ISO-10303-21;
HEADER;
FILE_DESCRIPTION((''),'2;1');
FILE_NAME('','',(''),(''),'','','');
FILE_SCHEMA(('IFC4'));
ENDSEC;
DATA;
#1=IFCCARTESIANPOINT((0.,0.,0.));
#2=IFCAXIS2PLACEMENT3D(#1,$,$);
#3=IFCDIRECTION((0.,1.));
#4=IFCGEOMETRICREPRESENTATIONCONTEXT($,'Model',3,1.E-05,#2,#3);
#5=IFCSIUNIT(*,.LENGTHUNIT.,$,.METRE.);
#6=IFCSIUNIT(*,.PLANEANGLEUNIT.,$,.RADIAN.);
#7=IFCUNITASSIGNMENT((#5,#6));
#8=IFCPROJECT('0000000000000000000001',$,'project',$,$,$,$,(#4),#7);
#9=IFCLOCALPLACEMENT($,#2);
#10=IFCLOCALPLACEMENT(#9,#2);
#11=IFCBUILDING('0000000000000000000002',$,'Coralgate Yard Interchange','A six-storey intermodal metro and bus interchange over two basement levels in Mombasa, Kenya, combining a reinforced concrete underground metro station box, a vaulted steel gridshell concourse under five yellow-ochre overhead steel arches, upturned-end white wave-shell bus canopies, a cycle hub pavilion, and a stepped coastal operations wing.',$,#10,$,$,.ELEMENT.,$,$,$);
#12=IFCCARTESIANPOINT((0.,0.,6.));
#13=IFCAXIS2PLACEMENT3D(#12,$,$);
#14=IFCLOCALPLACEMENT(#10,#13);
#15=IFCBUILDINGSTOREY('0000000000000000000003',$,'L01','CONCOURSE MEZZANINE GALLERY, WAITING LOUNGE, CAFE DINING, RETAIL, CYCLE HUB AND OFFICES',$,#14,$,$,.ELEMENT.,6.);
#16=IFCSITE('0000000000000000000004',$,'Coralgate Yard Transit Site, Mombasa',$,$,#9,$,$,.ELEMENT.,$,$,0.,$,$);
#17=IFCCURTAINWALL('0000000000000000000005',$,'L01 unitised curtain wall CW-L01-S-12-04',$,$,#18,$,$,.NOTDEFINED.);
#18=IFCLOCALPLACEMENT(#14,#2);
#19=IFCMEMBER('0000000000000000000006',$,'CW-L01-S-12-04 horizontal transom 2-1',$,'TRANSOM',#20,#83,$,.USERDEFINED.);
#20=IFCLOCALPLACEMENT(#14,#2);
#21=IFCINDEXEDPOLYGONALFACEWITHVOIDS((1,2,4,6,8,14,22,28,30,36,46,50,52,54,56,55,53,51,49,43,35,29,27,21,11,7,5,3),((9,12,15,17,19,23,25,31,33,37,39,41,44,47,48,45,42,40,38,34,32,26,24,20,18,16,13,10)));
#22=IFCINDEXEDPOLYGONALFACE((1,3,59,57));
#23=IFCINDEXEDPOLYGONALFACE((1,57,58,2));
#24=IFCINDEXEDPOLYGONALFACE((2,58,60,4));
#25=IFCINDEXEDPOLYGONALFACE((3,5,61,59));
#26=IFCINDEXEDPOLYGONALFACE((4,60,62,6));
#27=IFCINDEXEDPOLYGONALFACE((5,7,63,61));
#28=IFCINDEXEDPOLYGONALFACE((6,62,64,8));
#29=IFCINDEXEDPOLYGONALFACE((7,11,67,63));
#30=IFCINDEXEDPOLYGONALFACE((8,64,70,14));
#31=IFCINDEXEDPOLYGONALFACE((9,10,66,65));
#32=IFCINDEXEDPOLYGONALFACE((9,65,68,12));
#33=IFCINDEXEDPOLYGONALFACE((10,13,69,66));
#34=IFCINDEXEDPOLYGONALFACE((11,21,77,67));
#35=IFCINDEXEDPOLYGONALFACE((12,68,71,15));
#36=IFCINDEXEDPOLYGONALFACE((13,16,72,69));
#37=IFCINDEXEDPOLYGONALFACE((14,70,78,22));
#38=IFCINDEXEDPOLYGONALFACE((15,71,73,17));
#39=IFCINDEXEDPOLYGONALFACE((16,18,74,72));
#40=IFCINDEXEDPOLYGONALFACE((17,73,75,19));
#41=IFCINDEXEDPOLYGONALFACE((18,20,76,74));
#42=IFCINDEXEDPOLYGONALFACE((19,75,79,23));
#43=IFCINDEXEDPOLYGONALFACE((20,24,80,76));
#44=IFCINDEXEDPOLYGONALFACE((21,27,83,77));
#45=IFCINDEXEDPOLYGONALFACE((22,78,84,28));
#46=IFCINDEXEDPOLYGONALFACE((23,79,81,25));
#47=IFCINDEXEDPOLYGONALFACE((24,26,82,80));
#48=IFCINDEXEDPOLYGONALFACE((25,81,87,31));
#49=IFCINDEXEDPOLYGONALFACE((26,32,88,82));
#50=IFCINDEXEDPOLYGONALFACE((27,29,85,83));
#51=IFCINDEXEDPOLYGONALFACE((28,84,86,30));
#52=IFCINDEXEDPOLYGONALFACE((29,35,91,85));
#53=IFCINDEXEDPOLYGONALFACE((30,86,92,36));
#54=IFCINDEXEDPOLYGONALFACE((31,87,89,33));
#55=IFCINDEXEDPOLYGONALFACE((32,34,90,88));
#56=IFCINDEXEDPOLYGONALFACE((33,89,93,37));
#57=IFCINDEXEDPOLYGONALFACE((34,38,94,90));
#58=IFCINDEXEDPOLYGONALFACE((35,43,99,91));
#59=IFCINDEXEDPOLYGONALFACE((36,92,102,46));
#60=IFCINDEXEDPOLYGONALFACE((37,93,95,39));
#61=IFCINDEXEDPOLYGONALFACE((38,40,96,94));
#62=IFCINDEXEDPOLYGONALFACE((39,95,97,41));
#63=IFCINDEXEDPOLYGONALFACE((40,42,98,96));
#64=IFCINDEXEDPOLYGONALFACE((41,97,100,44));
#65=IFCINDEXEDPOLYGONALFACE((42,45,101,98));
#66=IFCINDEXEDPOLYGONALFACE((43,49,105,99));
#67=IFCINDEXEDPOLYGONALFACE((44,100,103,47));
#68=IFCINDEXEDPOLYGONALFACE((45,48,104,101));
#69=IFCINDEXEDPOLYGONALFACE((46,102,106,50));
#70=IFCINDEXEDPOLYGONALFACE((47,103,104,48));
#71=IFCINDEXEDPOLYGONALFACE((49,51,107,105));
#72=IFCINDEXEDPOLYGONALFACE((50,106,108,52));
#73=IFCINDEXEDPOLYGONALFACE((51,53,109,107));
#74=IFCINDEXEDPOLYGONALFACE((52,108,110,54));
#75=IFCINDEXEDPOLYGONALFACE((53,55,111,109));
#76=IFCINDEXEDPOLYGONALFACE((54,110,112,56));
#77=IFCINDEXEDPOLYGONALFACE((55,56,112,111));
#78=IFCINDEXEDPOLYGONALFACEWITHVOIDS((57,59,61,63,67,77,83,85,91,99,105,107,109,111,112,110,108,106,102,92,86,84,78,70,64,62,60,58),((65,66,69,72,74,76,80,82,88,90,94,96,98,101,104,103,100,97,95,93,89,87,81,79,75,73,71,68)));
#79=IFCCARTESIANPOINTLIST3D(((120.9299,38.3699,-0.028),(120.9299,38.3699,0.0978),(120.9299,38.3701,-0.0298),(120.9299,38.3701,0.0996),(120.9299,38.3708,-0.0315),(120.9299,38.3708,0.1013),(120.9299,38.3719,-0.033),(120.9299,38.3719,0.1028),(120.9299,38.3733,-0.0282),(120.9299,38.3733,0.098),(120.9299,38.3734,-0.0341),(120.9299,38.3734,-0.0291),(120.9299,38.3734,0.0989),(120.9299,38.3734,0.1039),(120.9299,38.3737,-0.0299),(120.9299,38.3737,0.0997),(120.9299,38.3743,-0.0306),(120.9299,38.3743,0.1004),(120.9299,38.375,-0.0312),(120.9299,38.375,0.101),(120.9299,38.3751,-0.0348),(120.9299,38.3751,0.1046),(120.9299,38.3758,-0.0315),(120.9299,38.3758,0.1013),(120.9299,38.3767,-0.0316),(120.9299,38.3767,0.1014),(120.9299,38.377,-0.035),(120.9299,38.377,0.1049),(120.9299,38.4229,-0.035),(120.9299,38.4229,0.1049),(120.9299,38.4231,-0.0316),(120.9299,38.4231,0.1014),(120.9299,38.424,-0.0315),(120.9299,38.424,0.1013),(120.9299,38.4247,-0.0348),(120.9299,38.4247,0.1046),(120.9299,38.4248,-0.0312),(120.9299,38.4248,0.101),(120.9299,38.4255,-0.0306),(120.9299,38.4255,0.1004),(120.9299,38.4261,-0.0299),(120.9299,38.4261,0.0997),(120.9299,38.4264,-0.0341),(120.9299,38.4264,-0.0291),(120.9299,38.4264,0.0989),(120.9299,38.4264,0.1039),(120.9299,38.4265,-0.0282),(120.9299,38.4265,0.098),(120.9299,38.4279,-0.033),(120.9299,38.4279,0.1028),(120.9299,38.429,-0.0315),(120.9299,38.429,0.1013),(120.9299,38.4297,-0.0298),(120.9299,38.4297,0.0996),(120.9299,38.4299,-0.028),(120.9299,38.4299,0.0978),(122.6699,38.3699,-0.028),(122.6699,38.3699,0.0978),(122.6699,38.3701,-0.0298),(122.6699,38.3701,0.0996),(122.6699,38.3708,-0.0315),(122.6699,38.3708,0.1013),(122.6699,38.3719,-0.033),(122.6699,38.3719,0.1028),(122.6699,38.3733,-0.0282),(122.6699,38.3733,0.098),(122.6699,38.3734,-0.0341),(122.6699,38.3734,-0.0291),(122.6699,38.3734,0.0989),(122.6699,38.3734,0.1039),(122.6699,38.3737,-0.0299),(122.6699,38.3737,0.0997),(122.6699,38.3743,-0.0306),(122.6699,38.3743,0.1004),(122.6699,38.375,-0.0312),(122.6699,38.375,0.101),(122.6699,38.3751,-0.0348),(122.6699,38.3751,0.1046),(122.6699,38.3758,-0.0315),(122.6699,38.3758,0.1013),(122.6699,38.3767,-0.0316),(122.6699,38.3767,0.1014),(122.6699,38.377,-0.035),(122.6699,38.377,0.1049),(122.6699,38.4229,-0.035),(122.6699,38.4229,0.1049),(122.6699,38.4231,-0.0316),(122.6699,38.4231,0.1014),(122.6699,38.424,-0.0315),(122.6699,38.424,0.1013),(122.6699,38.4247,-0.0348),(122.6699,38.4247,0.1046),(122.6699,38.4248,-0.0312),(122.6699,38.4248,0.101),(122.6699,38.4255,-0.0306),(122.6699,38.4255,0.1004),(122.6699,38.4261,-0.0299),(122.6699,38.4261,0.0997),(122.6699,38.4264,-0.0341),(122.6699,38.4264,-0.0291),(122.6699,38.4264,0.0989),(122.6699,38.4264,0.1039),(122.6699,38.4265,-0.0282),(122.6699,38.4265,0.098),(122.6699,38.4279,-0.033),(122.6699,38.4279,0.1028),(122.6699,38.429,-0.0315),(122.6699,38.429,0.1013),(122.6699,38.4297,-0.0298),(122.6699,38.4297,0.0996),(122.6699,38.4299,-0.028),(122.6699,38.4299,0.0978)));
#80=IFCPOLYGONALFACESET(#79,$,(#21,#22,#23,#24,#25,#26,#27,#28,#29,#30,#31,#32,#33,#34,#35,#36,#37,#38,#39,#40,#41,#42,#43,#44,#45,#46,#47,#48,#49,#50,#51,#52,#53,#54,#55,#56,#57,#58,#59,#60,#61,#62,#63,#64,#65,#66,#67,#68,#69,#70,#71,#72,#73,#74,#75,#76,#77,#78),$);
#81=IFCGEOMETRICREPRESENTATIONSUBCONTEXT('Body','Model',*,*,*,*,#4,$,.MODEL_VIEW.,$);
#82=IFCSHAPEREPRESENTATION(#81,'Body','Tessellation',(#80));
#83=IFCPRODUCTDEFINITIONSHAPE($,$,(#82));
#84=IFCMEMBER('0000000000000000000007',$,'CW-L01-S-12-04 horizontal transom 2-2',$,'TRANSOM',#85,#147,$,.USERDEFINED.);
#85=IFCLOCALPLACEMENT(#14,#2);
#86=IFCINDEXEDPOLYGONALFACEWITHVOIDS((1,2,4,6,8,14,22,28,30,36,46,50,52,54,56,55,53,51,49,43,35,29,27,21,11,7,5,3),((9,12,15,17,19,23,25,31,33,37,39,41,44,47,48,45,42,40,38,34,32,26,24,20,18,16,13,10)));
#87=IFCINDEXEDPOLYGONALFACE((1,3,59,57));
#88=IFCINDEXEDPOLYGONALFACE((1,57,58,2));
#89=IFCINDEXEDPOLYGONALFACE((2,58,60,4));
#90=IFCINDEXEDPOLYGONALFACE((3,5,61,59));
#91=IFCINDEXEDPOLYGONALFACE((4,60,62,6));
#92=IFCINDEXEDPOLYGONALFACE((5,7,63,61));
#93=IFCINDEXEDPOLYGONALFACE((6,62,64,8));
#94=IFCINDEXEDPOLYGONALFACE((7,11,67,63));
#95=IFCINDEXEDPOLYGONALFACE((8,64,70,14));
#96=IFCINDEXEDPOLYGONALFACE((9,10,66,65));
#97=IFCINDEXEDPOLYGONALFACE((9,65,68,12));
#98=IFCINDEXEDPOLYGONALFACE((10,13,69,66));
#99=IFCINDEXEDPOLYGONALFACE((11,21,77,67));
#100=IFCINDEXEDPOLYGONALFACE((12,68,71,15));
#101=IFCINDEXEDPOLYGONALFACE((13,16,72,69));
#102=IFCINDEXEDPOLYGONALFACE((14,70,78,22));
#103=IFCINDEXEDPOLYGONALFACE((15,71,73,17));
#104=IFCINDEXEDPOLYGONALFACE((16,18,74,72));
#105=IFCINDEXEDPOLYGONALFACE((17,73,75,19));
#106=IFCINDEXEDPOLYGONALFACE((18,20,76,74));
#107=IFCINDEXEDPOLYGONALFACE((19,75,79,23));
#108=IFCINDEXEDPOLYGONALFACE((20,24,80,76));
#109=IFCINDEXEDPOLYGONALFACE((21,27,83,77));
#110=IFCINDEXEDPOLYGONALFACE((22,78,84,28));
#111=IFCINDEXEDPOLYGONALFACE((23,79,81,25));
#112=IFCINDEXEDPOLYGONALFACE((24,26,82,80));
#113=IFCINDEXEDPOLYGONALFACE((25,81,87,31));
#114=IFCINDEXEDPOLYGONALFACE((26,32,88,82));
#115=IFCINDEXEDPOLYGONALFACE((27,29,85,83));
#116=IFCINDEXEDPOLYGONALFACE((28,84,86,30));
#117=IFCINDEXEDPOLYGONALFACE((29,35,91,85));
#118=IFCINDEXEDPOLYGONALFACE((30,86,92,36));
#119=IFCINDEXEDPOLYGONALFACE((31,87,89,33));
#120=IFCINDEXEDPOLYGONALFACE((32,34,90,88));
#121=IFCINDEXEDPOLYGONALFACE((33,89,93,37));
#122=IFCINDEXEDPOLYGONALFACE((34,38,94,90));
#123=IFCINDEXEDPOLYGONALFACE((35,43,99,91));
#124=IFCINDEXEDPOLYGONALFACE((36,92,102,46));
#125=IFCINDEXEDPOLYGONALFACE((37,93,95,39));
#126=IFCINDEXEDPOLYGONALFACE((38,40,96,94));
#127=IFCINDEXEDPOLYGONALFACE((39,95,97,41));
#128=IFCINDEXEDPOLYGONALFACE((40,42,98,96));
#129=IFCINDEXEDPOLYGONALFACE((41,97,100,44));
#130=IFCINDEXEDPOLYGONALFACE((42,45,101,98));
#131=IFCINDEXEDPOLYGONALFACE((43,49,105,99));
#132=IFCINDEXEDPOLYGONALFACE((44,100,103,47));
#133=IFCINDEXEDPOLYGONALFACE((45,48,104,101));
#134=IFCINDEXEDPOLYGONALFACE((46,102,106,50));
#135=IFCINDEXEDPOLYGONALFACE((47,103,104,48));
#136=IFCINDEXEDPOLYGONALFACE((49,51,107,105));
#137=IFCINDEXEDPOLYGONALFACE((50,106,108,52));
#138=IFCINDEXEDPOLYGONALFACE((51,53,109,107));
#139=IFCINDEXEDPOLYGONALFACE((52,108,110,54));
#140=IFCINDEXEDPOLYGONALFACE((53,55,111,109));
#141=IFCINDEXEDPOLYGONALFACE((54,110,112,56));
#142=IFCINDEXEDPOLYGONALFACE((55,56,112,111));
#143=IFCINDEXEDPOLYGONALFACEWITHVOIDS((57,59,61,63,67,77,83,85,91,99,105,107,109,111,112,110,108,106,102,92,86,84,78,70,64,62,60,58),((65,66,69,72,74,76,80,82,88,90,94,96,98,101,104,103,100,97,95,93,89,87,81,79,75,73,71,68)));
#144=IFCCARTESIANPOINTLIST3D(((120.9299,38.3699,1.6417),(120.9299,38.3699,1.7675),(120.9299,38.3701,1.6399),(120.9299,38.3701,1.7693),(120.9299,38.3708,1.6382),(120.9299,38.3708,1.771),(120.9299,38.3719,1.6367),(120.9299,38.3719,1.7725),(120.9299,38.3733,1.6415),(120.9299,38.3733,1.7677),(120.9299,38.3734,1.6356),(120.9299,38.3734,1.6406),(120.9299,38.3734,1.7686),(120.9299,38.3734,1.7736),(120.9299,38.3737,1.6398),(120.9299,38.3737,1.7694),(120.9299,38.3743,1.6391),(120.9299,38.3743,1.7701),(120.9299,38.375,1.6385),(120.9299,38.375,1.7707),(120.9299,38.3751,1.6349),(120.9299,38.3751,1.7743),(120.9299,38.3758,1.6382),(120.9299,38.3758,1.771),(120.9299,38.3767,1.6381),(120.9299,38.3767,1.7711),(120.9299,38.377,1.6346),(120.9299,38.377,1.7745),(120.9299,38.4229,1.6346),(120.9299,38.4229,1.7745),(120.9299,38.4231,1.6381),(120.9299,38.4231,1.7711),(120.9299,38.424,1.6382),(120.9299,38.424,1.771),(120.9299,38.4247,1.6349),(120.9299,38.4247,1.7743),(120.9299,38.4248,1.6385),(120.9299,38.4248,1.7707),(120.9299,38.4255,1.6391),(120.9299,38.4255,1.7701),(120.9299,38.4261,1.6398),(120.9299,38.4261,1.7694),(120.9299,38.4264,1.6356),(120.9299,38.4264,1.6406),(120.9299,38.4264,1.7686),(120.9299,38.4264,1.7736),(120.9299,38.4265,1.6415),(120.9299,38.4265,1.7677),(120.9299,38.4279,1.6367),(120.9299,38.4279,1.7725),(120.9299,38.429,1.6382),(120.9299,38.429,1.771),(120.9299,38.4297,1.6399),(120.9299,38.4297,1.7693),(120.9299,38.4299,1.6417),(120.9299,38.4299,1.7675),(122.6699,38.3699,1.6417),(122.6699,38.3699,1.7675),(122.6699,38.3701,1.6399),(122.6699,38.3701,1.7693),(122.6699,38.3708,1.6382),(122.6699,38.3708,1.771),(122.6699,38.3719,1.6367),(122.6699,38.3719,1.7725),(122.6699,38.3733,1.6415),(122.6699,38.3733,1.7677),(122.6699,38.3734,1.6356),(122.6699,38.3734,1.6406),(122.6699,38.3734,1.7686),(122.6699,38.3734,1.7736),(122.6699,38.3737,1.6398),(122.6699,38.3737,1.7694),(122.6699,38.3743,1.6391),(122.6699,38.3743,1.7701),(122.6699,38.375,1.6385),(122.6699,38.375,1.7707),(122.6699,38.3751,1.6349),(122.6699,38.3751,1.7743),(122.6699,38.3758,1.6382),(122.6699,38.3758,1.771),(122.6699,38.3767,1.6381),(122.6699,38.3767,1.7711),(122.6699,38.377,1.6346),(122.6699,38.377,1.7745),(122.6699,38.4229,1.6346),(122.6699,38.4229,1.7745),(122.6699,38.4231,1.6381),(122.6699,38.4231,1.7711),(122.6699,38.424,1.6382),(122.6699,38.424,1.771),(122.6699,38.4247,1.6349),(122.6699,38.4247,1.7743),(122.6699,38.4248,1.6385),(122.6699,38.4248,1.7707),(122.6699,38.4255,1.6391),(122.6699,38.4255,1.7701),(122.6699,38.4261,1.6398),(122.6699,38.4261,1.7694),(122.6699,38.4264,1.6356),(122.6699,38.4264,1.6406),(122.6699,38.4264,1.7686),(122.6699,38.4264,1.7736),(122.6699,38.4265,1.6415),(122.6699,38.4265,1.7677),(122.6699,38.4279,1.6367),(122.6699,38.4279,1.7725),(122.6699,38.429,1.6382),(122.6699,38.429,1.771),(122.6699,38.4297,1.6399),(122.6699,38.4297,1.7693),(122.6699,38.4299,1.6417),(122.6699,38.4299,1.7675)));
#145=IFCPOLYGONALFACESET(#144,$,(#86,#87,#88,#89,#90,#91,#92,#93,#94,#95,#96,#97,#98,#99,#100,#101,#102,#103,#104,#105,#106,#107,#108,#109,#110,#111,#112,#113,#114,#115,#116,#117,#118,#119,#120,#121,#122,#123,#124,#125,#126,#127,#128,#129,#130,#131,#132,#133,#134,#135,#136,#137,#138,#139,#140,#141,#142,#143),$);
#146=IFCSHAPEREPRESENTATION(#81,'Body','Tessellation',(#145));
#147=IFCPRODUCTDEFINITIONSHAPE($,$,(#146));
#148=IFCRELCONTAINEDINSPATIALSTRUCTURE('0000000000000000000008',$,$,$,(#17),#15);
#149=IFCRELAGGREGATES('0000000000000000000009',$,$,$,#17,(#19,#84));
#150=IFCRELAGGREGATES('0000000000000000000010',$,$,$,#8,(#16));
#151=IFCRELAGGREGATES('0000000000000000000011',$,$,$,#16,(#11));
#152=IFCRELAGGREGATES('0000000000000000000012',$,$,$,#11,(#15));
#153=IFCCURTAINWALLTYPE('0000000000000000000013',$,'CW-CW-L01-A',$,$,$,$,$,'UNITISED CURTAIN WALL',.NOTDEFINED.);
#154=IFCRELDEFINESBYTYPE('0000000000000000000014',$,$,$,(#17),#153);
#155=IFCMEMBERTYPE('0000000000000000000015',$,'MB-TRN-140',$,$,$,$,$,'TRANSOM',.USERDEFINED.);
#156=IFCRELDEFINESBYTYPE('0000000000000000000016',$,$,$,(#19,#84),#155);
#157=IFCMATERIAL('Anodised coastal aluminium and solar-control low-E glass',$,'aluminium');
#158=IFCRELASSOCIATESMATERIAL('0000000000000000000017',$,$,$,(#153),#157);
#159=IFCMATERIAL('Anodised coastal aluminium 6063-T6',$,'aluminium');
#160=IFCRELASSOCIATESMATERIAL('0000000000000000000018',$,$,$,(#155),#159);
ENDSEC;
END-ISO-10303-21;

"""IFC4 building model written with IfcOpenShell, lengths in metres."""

from ifc_helpers import new_model, si_unit, direction, frame, origin, origin_2d, place, context, subcontext, project, spatial, hollow_rectangle, extrude, material, material_profile, profile_set, type_object, element, aggregate, save


model = new_model("IFC4")

# Units and contexts
model_context = context("Model", 3, precision=1e-05, world=origin(), true_north=direction((0.0, 1.0)))
body_context = subcontext(model_context, "Body", "Model", "MODEL_VIEW")
ifc_project = project(units=[si_unit("LENGTHUNIT", "METRE"), si_unit("PLANEANGLEUNIT", "RADIAN")], contexts=[model_context])

# Site, building, storey
site_placement = place(None, origin())
site = spatial("IfcSite", under=ifc_project, at=site_placement, Name="Coralgate Yard Transit Site, Mombasa", CompositionType="ELEMENT", RefElevation=0.0)
building_placement = place(site_placement, origin())
building = spatial("IfcBuilding", under=site, at=building_placement, Name="Coralgate Yard Interchange", Description="A six-storey intermodal metro and bus interchange over two basement levels in Mombasa, Kenya, combining a reinforced concrete underground metro station box, a vaulted steel gridshell concourse under five yellow-ochre overhead steel arches, upturned-end white wave-shell bus canopies, a cycle hub pavilion, and a stepped coastal operations wing.", CompositionType="ELEMENT")
storey_placement = place(building_placement, frame((0.0, 0.0, 6.0)))
storey = spatial("IfcBuildingStorey", under=building, at=storey_placement, Name="L01", Description="CONCOURSE MEZZANINE GALLERY, WAITING LOUNGE, CAFE DINING, RETAIL, CYCLE HUB AND OFFICES", CompositionType="ELEMENT", Elevation=6.0)

# Curtain wall
ifc_material_1 = material(Name="Anodised coastal aluminium and solar-control low-E glass", Category="aluminium")
curtain_wall_type = type_object("IfcCurtainWallType", Name="CW-CW-L01-A", ElementType="UNITISED CURTAIN WALL", PredefinedType="NOTDEFINED", material=ifc_material_1)
curtain_wall_1_placement = place(storey_placement, origin())
curtain_wall_1 = element("IfcCurtainWall", 1, at=curtain_wall_1_placement, inside=storey, type_object=curtain_wall_type, Name="L01 unitised curtain wall CW-L01-S-12-04", PredefinedType="NOTDEFINED")
ifc_material_2 = material(Name="Anodised coastal aluminium 6063-T6", Category="aluminium")

# Members
ifc_material_profile_1 = material_profile(ifc_material_2, hollow_rectangle(XDim=0.0601, YDim=0.1399, WallThickness=0.0034, InnerFilletRadius=0.0034, OuterFilletRadius=0.0071, at=origin_2d()), Name="ALU 60x140x3.5")
ifc_profile_set_1 = profile_set([ifc_material_profile_1], Name="Anodised coastal aluminium 6063-T6")
member_type_1 = type_object("IfcMemberType", Name="MB-TRN-140", ElementType="TRANSOM", PredefinedType="USERDEFINED", material=ifc_profile_set_1)
member_1_placement = place(storey_placement, frame((122.6699, 38.3999, 0.0349), z_axis=(-1.0, 0.0, 0.0), x_axis=(0.0, -1.0, 0.0)))
member_1 = element("IfcMember", 2, at=member_1_placement, type_object=member_type_1, Name="CW-L01-S-12-04 horizontal transom 2-1", ObjectType="TRANSOM", PredefinedType="USERDEFINED", context=body_context, shape_type="SweptSolid", body=[
    extrude(hollow_rectangle(XDim=0.0601, YDim=0.1399, WallThickness=0.0034, InnerFilletRadius=0.0034, OuterFilletRadius=0.0071, at=origin_2d()), origin(), (0.0, 0.0, 1.0), 1.74),
])
member_2_placement = place(storey_placement, frame((122.6699, 38.3999, 1.7046), z_axis=(-1.0, 0.0, 0.0), x_axis=(0.0, -1.0, 0.0)))
member_2 = element("IfcMember", 3, at=member_2_placement, type_object=member_type_1, Name="CW-L01-S-12-04 horizontal transom 2-2", ObjectType="TRANSOM", PredefinedType="USERDEFINED", context=body_context, shape_type="SweptSolid", body=[
    extrude(hollow_rectangle(XDim=0.0601, YDim=0.1399, WallThickness=0.0034, InnerFilletRadius=0.0034, OuterFilletRadius=0.0071, at=origin_2d()), origin(), (0.0, 0.0, 1.0), 1.74),
])

aggregate(curtain_wall_1, [member_1, member_2])

save(model, "model.ifc")
